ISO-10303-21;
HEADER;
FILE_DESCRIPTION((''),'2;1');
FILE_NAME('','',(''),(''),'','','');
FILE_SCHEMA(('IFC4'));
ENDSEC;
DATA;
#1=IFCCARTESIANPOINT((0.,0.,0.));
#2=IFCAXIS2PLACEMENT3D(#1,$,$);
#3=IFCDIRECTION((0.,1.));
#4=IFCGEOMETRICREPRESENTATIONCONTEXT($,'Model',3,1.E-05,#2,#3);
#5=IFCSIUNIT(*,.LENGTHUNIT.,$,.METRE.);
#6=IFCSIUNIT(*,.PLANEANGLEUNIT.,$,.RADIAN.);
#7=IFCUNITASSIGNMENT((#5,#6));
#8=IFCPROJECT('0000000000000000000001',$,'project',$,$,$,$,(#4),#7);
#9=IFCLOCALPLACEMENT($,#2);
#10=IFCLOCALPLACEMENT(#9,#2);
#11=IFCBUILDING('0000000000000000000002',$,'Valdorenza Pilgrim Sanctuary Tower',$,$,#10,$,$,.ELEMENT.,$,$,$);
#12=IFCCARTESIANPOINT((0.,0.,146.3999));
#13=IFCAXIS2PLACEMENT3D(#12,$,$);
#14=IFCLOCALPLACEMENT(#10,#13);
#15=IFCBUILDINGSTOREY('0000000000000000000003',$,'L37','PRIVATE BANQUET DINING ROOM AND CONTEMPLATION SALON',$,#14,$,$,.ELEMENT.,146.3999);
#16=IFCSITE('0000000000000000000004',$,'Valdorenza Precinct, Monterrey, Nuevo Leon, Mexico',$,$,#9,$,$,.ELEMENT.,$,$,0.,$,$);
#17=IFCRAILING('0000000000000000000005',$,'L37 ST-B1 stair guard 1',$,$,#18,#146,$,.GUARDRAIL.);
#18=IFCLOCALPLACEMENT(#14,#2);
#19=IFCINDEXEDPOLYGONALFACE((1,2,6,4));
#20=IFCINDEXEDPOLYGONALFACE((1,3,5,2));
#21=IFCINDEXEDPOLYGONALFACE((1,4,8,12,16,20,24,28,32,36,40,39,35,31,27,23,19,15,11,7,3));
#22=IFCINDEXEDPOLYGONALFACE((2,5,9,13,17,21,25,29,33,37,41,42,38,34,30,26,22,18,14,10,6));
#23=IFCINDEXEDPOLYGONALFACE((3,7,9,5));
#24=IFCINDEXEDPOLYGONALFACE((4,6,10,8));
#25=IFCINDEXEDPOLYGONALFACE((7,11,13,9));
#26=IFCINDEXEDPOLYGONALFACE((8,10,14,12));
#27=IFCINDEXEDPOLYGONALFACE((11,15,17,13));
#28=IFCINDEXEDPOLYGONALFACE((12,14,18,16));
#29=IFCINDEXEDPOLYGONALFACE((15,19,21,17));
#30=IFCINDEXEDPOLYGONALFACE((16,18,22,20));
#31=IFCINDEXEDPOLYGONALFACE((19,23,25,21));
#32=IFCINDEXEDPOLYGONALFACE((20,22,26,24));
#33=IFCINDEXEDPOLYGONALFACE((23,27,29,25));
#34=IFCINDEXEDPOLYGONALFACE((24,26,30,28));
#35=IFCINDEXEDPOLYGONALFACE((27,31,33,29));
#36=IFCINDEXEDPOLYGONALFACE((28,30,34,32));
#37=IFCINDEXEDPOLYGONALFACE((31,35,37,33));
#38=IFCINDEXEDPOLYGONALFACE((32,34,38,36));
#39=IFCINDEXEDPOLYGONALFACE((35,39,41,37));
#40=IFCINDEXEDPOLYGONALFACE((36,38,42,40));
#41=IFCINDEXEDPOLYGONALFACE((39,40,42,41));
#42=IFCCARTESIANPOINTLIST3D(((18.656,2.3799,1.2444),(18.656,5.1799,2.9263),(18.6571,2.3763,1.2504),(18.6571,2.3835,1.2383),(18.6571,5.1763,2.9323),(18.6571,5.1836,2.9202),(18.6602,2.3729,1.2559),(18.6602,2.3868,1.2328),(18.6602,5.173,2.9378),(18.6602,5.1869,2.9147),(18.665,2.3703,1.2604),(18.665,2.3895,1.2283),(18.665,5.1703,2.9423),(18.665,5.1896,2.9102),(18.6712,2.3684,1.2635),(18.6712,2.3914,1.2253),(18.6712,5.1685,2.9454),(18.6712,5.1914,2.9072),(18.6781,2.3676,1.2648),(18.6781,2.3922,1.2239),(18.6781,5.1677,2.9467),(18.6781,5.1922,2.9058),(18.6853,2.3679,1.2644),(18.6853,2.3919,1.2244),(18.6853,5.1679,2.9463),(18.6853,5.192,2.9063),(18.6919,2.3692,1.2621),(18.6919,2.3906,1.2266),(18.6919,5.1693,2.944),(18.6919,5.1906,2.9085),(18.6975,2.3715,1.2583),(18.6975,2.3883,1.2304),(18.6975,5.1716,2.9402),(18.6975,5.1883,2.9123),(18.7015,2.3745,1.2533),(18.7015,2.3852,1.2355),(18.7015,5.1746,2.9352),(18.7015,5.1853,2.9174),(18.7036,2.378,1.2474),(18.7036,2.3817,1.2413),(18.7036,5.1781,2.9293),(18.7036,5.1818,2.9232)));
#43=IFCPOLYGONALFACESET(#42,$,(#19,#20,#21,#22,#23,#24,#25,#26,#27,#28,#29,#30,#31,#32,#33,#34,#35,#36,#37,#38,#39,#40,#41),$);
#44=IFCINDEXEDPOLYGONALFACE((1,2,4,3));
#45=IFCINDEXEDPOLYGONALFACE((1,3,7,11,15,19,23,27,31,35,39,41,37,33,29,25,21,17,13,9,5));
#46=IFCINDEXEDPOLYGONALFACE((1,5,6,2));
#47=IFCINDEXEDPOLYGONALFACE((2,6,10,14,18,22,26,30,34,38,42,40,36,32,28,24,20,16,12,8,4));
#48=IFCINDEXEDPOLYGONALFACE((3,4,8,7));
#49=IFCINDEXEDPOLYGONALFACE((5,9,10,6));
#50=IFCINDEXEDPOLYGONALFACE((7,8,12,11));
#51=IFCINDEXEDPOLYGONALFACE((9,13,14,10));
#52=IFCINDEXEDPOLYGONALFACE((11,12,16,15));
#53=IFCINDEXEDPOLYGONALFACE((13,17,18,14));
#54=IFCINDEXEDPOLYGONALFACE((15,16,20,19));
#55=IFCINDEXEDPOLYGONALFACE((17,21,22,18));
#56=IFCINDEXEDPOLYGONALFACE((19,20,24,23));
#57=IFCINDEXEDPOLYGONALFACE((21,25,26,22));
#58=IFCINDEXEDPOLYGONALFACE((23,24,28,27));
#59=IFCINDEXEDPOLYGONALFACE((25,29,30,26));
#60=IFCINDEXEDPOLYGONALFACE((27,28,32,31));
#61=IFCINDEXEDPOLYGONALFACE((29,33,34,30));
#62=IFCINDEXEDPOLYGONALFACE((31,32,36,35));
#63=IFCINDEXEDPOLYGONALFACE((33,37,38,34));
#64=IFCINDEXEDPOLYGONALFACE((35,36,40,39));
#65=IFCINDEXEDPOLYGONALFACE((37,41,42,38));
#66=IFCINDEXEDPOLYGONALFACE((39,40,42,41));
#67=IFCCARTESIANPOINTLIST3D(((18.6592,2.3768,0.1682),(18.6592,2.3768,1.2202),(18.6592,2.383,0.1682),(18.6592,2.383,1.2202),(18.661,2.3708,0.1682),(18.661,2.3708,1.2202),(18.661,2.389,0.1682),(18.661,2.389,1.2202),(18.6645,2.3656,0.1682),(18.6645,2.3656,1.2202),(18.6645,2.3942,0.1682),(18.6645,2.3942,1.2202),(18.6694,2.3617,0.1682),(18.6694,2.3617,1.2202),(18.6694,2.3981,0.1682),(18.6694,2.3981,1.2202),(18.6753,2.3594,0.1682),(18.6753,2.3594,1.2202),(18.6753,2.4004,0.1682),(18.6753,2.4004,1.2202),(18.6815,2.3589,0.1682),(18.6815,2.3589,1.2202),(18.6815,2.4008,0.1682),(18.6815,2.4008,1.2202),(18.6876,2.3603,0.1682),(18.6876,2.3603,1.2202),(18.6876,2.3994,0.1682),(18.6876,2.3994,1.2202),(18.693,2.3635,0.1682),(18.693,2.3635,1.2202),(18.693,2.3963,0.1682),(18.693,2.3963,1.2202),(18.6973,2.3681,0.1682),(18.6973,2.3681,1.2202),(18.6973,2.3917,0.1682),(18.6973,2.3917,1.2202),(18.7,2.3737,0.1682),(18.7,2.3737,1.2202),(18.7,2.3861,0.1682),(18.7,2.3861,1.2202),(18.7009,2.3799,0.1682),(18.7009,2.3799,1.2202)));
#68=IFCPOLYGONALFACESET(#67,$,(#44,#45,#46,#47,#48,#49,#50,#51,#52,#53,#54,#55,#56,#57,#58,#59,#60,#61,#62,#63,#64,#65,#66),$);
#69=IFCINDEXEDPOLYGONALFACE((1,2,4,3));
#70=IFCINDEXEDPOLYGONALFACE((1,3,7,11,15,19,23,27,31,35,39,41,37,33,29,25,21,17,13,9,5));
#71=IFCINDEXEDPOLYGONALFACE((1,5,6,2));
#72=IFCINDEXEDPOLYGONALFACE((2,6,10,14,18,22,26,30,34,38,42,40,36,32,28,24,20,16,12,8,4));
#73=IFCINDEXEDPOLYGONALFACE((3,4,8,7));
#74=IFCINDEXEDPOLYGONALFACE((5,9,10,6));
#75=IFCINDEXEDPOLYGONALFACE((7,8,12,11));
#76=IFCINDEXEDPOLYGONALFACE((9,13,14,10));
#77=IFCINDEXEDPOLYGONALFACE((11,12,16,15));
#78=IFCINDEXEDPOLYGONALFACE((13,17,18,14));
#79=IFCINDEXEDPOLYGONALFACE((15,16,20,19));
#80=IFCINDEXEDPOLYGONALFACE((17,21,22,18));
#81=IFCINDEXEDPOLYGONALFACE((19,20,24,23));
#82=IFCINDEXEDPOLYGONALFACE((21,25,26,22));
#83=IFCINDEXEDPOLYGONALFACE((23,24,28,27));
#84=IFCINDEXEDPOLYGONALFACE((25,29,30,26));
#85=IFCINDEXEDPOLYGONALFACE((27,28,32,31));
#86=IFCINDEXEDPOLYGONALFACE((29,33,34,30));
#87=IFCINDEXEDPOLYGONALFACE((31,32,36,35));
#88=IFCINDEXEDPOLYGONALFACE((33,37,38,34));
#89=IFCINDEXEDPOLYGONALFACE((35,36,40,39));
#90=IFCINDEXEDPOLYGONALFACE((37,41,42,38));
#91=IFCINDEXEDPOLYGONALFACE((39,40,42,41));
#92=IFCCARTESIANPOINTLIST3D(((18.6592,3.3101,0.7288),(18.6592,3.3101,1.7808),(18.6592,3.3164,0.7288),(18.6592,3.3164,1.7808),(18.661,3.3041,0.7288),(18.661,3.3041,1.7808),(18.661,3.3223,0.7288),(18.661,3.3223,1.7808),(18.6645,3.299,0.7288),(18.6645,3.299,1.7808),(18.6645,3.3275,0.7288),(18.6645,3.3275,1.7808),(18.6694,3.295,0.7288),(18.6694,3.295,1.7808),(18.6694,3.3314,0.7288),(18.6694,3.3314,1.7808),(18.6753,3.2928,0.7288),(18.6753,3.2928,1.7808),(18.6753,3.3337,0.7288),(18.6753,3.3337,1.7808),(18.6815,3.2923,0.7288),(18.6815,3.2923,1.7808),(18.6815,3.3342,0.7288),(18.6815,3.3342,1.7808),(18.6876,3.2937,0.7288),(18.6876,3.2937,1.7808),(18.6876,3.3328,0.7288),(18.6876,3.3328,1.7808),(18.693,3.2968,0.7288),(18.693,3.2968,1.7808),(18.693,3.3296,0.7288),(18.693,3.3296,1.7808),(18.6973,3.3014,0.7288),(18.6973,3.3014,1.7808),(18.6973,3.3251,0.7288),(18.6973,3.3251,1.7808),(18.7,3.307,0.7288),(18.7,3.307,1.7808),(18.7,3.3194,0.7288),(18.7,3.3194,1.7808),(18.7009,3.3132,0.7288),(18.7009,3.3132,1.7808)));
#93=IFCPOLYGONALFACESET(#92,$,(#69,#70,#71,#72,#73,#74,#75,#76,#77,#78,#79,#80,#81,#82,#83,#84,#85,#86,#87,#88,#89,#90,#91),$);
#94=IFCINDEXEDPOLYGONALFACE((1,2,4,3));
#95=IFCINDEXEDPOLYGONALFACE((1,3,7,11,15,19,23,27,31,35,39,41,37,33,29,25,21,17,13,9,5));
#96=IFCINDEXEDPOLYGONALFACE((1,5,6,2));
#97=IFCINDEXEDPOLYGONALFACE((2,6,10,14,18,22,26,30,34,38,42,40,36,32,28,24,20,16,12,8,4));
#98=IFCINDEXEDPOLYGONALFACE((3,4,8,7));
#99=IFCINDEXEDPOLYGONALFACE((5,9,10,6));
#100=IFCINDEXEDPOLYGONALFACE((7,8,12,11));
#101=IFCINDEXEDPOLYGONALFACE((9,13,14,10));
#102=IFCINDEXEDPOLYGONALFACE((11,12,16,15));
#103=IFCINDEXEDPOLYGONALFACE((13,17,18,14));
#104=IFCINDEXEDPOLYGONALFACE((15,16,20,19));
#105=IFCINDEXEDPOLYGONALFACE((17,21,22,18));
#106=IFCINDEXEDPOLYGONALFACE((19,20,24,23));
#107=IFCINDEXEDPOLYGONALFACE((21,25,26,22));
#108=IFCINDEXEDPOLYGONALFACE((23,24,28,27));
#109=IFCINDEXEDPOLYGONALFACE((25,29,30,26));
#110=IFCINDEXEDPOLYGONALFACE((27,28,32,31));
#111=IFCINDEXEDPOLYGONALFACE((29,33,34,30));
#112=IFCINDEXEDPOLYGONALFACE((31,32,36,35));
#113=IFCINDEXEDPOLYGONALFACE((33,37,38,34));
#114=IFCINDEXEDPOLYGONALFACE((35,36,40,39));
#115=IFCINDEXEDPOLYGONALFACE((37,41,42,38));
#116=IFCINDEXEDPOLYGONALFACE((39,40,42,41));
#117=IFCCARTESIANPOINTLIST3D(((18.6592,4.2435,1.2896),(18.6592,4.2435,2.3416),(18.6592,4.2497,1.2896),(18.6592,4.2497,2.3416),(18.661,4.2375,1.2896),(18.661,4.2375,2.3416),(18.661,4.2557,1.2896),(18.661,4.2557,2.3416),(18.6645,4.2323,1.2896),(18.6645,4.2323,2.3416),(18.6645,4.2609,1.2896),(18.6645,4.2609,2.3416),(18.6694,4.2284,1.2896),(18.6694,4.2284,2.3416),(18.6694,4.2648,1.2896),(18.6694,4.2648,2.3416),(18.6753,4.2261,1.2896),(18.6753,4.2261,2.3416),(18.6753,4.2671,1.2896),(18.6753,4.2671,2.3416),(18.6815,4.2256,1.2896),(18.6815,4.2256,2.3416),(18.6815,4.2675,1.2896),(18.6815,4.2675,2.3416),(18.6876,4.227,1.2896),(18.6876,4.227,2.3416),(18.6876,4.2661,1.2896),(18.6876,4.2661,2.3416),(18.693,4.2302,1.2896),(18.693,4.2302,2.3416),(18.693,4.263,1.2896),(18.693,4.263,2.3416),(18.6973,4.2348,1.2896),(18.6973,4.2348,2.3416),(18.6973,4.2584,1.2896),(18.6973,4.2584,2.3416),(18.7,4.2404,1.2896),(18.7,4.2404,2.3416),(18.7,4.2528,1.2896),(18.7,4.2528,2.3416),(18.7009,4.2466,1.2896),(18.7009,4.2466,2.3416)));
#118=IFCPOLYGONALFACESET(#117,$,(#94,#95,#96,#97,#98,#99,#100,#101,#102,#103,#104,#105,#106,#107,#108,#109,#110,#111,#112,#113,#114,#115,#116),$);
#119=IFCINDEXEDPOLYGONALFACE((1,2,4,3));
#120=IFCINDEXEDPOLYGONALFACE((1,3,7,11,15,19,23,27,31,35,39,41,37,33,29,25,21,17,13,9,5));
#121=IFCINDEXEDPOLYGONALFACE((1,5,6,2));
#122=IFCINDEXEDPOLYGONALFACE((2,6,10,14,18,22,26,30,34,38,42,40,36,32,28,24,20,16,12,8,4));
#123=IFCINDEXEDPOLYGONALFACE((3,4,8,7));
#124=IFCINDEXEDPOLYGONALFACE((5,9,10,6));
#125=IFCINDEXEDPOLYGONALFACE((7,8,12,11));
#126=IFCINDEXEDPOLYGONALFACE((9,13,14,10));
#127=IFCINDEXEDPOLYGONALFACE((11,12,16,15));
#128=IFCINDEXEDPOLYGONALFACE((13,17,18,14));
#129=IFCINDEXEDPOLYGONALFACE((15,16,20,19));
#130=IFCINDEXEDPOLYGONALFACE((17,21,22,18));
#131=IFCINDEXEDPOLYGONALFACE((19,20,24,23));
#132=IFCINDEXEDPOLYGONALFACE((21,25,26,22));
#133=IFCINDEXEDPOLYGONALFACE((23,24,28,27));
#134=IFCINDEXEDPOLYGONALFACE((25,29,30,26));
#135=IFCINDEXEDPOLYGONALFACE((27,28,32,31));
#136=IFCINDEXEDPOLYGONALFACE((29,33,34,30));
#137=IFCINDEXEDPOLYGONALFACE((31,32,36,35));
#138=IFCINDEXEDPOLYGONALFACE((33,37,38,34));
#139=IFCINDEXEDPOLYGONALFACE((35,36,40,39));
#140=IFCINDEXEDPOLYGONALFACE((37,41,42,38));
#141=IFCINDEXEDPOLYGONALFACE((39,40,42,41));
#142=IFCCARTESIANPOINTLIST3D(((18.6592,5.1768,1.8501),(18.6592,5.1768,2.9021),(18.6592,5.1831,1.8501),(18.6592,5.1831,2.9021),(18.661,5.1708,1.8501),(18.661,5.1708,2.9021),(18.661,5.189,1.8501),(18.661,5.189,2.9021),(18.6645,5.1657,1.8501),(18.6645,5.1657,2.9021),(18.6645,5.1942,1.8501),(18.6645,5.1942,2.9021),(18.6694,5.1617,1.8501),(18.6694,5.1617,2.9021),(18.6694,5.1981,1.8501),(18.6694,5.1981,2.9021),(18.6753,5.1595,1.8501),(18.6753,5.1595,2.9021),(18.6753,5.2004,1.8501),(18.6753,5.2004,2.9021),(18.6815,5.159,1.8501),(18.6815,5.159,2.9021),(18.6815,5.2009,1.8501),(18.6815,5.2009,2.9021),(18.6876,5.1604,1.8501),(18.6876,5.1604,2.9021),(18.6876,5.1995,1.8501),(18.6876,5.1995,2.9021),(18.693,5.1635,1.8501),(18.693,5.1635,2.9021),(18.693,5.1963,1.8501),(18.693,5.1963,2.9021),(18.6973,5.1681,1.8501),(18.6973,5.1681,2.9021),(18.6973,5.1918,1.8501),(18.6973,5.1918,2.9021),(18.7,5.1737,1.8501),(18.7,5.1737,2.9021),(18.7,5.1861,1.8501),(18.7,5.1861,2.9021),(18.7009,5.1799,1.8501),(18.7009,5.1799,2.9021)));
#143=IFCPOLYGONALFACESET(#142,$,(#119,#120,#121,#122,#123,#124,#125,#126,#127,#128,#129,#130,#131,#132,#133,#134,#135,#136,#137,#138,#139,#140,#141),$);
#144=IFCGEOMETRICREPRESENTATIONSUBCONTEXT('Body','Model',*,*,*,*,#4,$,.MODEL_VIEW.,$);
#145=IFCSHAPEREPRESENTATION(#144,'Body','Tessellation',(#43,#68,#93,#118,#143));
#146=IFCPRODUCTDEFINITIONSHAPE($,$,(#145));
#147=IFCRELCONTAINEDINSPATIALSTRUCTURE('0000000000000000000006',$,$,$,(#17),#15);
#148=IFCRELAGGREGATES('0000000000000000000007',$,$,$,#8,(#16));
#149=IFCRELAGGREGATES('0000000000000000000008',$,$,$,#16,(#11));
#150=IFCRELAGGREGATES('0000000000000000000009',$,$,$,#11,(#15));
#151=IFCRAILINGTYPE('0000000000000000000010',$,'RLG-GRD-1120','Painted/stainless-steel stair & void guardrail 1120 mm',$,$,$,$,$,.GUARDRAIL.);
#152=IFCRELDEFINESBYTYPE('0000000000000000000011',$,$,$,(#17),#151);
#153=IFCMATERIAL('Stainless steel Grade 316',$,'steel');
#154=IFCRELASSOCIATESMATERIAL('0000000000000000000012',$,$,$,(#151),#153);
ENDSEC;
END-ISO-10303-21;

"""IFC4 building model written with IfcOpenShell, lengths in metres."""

from ifc_helpers import new_model, si_unit, direction, frame, origin, origin_2d, place, context, subcontext, project, spatial, circle, extrude, material, type_object, element, save


model = new_model("IFC4")

# Units and contexts
model_context = context("Model", 3, precision=1e-05, world=origin(), true_north=direction((0.0, 1.0)))
body_context = subcontext(model_context, "Body", "Model", "MODEL_VIEW")
ifc_project = project(units=[si_unit("LENGTHUNIT", "METRE"), si_unit("PLANEANGLEUNIT", "RADIAN")], contexts=[model_context])

# Site, building, storey
site_placement = place(None, origin())
site = spatial("IfcSite", under=ifc_project, at=site_placement, Name="Valdorenza Precinct, Monterrey, Nuevo Leon, Mexico", CompositionType="ELEMENT", RefElevation=0.0)
building_placement = place(site_placement, origin())
building = spatial("IfcBuilding", under=site, at=building_placement, Name="Valdorenza Pilgrim Sanctuary Tower", CompositionType="ELEMENT")
storey_placement = place(building_placement, frame((0.0, 0.0, 146.3999)))
storey = spatial("IfcBuildingStorey", under=building, at=storey_placement, Name="L37", Description="PRIVATE BANQUET DINING ROOM AND CONTEMPLATION SALON", CompositionType="ELEMENT", Elevation=146.3999)

# Railing
ifc_material_1 = material(Name="Stainless steel Grade 316", Category="steel")
railing_type_1 = type_object("IfcRailingType", Name="RLG-GRD-1120", Description="Painted/stainless-steel stair & void guardrail 1120 mm", PredefinedType="GUARDRAIL", material=ifc_material_1)
railing_1_placement = place(storey_placement, frame((18.6799, 2.3799, 0.1682)))
element("IfcRailing", 1, at=railing_1_placement, inside=storey, type_object=railing_type_1, Name="L37 ST-B1 stair guard 1", PredefinedType="GUARDRAIL", context=body_context, shape_type="SweptSolid", body=[
    extrude(circle(Radius=0.0239, at=origin_2d()), frame((0.0, 0.0, 1.0762), z_axis=(0.0, 0.857242, 0.514913), x_axis=(-1.0, 0.0, 0.0)), (0.0, 0.0, 1.0), 3.2664),
    extrude(circle(Radius=0.021, at=origin_2d()), origin(), (0.0, 0.0, 1.0), 1.052),
    extrude(circle(Radius=0.021, at=origin_2d()), frame((0.0, 0.9333, 0.5605)), (0.0, 0.0, 1.0), 1.052),
    extrude(circle(Radius=0.021, at=origin_2d()), frame((0.0, 1.8667, 1.1213)), (0.0, 0.0, 1.0), 1.052),
    extrude(circle(Radius=0.021, at=origin_2d()), frame((0.0, 2.8, 1.6819)), (0.0, 0.0, 1.0), 1.052),
])

save(model, "model.ifc")
